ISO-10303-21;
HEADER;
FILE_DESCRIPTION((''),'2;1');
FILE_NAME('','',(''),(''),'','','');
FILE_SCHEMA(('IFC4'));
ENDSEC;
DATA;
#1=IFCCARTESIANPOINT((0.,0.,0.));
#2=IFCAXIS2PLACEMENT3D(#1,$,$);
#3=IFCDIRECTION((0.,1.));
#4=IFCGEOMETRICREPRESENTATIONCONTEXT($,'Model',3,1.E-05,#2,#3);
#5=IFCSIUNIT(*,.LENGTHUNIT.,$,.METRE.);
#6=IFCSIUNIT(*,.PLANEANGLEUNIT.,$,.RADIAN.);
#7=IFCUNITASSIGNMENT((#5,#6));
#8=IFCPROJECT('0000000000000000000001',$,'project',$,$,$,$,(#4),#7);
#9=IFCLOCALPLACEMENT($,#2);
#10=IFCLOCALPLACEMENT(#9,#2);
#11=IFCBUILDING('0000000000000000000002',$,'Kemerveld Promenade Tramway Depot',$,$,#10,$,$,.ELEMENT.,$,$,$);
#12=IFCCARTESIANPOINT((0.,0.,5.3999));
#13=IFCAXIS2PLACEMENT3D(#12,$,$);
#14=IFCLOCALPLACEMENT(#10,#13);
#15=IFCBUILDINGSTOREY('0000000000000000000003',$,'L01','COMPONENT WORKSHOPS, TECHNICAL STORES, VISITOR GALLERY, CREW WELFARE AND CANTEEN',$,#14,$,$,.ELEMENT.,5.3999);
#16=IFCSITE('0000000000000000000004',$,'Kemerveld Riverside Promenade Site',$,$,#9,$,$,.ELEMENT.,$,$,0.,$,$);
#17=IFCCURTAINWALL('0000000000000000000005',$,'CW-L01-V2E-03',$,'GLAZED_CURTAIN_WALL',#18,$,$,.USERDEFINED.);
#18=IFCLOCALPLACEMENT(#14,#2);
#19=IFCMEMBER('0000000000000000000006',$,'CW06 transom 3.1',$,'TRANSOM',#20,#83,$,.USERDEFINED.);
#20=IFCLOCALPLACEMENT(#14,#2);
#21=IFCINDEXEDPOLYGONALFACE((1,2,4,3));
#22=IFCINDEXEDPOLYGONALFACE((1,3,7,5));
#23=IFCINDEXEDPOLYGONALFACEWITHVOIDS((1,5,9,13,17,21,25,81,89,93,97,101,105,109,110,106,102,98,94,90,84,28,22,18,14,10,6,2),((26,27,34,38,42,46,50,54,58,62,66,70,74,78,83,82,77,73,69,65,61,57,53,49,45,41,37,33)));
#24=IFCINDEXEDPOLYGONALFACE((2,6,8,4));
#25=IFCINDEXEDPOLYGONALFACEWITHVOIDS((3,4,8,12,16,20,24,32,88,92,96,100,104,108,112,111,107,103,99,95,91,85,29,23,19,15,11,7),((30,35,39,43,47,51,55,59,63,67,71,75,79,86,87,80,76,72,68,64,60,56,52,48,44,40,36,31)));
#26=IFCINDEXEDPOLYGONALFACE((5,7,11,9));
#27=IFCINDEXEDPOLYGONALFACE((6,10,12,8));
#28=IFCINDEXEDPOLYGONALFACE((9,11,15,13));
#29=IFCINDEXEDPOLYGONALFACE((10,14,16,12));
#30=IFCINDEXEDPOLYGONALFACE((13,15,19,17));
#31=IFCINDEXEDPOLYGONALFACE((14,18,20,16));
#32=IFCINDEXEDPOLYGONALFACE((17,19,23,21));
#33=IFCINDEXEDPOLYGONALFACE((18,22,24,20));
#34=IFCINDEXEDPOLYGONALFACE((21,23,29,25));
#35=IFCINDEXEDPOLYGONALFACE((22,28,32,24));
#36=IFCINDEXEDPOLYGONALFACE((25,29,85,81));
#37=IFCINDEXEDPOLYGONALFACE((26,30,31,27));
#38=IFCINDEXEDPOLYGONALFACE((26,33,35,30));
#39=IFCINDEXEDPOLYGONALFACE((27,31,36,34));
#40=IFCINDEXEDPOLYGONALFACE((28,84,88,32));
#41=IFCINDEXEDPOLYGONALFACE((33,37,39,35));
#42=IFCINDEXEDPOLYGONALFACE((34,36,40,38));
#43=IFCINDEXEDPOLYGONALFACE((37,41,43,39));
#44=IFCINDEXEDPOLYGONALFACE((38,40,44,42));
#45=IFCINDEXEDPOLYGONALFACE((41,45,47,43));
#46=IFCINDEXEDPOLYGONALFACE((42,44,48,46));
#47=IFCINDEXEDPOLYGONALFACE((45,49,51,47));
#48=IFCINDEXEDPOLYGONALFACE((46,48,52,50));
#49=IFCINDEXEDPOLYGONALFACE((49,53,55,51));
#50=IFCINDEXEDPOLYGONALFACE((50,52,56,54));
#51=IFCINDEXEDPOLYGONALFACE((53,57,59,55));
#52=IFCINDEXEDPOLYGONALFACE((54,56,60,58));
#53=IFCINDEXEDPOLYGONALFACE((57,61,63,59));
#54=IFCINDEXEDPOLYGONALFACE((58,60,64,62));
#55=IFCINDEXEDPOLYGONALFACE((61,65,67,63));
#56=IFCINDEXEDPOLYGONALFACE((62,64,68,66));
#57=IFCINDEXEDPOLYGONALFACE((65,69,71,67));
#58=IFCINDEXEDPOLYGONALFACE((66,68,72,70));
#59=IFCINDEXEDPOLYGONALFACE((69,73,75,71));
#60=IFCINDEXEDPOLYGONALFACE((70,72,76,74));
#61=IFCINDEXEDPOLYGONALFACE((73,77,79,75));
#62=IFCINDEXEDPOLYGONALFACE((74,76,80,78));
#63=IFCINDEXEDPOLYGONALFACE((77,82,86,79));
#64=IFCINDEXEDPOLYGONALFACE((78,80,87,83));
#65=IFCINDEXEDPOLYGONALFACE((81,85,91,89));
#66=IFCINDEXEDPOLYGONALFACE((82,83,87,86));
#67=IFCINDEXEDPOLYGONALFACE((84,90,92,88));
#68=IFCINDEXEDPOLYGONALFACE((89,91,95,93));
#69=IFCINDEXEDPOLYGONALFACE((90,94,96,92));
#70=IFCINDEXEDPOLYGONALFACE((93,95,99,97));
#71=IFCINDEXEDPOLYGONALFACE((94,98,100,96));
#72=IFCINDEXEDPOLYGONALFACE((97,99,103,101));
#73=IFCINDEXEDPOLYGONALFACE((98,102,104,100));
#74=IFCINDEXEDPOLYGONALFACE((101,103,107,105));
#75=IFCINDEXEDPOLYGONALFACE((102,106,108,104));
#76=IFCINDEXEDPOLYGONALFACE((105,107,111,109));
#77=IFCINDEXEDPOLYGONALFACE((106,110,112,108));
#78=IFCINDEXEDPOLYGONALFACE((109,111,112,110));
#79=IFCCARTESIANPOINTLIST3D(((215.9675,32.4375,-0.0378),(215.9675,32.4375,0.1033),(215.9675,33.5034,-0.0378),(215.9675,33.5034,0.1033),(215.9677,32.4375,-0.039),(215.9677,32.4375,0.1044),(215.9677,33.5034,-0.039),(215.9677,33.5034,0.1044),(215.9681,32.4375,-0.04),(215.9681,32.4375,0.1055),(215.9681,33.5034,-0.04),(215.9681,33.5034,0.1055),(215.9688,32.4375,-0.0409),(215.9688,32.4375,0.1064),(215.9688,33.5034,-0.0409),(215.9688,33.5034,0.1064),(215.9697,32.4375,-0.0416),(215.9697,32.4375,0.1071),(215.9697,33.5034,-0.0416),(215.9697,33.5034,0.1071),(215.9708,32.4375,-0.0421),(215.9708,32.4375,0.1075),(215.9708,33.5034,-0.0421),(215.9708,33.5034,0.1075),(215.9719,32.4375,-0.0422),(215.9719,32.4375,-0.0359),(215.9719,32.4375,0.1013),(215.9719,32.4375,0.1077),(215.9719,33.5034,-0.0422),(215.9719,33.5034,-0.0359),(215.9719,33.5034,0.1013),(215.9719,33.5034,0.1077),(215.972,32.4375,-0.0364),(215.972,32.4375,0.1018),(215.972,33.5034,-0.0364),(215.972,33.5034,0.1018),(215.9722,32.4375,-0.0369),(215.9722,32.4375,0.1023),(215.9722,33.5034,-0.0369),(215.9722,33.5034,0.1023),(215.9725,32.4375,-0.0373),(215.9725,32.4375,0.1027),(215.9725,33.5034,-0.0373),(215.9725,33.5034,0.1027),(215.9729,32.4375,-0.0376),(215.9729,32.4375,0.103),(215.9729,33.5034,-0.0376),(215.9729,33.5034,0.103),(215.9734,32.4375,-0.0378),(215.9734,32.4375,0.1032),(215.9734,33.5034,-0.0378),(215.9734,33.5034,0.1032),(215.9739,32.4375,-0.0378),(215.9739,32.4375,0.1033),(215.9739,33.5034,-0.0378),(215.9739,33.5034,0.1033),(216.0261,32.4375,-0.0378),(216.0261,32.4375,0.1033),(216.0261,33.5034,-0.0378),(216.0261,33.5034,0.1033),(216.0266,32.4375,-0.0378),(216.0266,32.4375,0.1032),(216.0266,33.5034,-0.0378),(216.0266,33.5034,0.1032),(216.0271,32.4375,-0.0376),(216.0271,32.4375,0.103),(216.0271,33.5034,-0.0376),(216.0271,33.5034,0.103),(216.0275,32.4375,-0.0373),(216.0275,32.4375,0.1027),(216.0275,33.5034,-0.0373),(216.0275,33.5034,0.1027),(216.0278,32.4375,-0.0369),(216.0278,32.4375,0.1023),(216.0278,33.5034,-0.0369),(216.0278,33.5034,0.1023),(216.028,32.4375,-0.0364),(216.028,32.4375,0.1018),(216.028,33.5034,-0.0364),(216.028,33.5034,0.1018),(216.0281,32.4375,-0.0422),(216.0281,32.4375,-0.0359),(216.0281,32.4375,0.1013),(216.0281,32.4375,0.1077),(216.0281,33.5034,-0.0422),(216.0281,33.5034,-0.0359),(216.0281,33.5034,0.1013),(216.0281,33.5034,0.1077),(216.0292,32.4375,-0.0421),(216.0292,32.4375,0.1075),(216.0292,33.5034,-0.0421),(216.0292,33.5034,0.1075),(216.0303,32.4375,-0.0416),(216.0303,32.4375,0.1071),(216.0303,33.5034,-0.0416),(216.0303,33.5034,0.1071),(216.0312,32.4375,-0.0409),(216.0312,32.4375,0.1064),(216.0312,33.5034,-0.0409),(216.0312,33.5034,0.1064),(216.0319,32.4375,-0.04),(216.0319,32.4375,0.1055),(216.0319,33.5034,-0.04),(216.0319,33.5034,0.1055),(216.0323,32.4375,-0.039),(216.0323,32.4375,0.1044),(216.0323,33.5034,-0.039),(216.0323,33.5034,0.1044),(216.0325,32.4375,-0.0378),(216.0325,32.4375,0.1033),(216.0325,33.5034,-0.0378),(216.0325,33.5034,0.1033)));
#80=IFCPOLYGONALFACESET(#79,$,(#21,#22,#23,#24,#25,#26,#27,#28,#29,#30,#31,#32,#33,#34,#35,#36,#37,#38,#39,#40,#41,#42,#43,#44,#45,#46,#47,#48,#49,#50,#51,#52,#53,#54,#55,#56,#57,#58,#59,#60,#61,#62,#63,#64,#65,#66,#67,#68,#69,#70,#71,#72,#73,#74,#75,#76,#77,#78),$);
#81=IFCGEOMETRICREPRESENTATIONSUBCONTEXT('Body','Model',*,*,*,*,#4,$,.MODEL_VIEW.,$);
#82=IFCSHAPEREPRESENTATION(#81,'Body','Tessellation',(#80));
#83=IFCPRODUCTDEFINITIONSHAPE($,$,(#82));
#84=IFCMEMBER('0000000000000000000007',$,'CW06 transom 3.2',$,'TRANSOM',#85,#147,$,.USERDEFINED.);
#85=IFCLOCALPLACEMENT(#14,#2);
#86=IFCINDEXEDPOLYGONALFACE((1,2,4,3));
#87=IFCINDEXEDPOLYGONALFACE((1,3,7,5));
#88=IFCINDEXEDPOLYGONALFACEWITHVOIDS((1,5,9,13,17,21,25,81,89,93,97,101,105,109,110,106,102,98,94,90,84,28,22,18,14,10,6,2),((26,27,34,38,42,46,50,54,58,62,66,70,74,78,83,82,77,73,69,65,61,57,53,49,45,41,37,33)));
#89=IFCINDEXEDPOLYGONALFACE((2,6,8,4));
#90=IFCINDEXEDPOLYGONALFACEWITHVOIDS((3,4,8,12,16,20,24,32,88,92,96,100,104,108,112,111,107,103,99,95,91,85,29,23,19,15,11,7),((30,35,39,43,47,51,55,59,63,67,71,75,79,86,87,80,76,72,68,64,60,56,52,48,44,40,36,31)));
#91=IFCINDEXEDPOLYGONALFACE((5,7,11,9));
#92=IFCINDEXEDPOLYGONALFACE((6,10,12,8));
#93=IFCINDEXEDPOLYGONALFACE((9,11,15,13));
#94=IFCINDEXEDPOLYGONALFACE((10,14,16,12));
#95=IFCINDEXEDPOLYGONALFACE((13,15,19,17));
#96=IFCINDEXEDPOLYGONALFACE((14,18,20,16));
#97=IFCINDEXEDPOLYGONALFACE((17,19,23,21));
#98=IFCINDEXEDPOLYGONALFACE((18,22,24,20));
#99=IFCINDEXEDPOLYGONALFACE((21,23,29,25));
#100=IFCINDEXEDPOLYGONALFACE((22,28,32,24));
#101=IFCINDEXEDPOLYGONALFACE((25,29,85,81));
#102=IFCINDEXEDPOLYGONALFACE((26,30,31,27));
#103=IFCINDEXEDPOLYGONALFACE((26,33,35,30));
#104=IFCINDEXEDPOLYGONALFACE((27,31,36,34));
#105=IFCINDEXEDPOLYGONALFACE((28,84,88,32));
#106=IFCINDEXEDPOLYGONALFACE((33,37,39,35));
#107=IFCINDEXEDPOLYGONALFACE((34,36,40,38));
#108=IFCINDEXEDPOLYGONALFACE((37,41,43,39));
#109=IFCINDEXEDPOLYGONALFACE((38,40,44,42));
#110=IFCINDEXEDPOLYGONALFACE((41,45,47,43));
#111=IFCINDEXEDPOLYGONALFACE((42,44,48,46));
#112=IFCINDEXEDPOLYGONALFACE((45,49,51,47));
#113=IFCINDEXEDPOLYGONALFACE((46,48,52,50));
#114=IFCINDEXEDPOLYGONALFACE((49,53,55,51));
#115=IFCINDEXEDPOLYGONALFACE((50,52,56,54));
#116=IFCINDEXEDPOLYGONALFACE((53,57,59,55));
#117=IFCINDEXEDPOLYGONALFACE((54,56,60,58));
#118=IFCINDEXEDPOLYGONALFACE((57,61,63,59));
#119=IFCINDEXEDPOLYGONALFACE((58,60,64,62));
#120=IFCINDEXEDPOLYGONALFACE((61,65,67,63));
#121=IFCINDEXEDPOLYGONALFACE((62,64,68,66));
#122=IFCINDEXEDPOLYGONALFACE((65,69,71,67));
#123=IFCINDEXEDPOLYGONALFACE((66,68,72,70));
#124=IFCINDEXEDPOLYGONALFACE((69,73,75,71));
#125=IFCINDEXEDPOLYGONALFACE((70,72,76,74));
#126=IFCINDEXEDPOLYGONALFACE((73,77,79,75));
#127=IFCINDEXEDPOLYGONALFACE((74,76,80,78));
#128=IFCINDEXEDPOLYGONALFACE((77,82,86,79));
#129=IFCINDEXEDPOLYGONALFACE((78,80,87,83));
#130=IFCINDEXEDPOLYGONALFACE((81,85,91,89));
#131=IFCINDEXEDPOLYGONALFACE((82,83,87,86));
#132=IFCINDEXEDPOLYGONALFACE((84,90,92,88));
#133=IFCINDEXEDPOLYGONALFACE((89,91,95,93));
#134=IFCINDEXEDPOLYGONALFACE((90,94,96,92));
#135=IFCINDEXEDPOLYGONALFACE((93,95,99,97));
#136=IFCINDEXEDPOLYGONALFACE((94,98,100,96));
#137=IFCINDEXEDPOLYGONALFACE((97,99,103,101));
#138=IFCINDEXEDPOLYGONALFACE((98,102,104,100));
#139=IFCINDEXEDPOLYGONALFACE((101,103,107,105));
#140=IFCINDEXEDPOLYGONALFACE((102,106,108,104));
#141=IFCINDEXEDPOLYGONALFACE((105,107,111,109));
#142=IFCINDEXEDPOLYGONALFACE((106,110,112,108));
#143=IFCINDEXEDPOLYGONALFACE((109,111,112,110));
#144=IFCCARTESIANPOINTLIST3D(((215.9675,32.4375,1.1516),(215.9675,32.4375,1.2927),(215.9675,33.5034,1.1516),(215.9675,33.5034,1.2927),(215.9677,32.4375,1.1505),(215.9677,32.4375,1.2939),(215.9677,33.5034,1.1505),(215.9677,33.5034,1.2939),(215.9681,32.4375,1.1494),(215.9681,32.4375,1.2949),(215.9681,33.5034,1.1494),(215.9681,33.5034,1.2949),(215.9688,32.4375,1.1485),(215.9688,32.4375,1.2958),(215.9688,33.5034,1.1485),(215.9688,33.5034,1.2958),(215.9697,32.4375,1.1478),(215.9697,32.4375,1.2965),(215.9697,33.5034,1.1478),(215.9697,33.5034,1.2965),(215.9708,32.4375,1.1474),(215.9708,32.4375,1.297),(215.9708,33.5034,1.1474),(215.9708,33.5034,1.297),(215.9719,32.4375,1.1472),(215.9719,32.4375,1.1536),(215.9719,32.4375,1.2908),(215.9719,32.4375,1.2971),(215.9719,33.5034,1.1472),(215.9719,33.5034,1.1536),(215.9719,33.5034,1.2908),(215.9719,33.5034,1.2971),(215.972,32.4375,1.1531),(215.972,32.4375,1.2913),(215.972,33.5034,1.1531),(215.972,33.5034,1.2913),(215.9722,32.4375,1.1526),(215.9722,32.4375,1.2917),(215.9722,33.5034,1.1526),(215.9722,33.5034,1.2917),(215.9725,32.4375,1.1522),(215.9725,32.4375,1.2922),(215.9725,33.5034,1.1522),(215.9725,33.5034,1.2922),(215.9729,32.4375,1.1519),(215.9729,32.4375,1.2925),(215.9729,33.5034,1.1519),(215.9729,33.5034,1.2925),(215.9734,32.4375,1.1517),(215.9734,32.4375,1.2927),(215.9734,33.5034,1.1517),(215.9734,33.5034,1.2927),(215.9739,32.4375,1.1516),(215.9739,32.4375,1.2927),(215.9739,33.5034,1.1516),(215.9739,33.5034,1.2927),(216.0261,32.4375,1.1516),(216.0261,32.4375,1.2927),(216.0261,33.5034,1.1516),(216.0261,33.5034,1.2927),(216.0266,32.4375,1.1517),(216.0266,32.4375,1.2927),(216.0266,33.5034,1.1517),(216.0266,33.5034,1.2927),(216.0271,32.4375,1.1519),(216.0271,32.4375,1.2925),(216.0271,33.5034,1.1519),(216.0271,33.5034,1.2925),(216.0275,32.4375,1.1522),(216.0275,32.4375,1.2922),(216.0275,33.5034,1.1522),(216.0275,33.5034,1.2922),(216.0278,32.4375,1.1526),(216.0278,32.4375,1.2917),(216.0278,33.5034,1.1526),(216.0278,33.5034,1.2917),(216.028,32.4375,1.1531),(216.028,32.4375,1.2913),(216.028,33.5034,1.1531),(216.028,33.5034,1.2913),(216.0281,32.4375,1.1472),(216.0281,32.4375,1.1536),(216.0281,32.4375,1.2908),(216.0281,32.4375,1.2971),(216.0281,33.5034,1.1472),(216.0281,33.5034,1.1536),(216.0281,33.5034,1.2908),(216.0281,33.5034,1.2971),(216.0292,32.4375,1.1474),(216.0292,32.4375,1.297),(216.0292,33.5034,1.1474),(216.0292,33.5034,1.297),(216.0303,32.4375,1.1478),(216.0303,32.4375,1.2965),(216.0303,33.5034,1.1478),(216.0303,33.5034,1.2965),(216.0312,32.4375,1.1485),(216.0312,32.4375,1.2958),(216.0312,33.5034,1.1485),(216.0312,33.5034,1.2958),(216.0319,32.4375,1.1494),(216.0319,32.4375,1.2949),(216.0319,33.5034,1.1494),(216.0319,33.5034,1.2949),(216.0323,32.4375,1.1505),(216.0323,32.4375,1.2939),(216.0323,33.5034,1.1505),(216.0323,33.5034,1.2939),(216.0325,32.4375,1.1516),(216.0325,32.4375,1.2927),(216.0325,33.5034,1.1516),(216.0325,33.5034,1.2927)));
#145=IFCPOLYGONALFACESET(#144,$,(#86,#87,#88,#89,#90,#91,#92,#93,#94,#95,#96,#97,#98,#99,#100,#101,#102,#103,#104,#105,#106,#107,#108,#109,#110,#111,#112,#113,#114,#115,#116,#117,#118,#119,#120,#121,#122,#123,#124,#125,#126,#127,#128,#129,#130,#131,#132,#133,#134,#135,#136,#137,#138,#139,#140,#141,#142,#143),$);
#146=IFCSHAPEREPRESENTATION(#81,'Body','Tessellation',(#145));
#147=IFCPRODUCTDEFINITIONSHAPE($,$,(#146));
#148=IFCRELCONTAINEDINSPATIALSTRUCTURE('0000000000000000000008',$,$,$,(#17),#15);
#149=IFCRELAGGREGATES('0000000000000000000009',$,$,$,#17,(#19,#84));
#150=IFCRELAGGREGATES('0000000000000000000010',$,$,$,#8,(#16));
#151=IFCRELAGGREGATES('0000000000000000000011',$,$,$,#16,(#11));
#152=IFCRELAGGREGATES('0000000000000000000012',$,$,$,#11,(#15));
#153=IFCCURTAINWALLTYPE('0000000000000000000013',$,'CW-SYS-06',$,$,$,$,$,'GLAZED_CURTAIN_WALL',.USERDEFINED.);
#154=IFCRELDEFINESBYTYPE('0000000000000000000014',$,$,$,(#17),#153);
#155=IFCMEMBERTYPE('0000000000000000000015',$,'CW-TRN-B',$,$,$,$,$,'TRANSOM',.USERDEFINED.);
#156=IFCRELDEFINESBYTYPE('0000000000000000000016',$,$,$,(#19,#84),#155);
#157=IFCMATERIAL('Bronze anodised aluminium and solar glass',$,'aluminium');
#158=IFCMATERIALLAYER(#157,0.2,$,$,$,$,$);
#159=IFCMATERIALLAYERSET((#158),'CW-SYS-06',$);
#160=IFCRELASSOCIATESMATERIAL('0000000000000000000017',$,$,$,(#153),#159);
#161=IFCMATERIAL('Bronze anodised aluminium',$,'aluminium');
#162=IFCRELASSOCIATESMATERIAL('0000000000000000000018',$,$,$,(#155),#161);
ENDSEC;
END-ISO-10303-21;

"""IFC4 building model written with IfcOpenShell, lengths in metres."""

from ifc_helpers import new_model, si_unit, direction, frame, origin, origin_2d, place, context, subcontext, project, spatial, hollow_rectangle, extrude, material, layer, layer_set, material_profile, profile_set, type_object, element, aggregate, save


model = new_model("IFC4")

# Units and contexts
model_context = context("Model", 3, precision=1e-05, world=origin(), true_north=direction((0.0, 1.0)))
body_context = subcontext(model_context, "Body", "Model", "MODEL_VIEW")
ifc_project = project(units=[si_unit("LENGTHUNIT", "METRE"), si_unit("PLANEANGLEUNIT", "RADIAN")], contexts=[model_context])

# Site, building, storey
site_placement = place(None, origin())
site = spatial("IfcSite", under=ifc_project, at=site_placement, Name="Kemerveld Riverside Promenade Site", CompositionType="ELEMENT", RefElevation=0.0)
building_placement = place(site_placement, origin())
building = spatial("IfcBuilding", under=site, at=building_placement, Name="Kemerveld Promenade Tramway Depot", CompositionType="ELEMENT")
storey_placement = place(building_placement, frame((0.0, 0.0, 5.3999)))
storey = spatial("IfcBuildingStorey", under=building, at=storey_placement, Name="L01", Description="COMPONENT WORKSHOPS, TECHNICAL STORES, VISITOR GALLERY, CREW WELFARE AND CANTEEN", CompositionType="ELEMENT", Elevation=5.3999)

# Curtain wall, members
ifc_material_1 = material(Name="Bronze anodised aluminium and solar glass", Category="aluminium")
ifc_layer_1 = layer(ifc_material_1, 0.2)
ifc_layer_set_1 = layer_set([ifc_layer_1], Name="CW-SYS-06")
curtain_wall_type = type_object("IfcCurtainWallType", Name="CW-SYS-06", ElementType="GLAZED_CURTAIN_WALL", PredefinedType="USERDEFINED", material=ifc_layer_set_1)
curtain_wall_placement = place(storey_placement, origin())
curtain_wall = element("IfcCurtainWall", 1, at=curtain_wall_placement, inside=storey, type_object=curtain_wall_type, Name="CW-L01-V2E-03", ObjectType="GLAZED_CURTAIN_WALL", PredefinedType="USERDEFINED")
ifc_material_2 = material(Name="Bronze anodised aluminium", Category="aluminium")
ifc_material_profile_1 = material_profile(ifc_material_2, hollow_rectangle(XDim=0.0649, YDim=0.1499, WallThickness=0.0044, InnerFilletRadius=0.002, OuterFilletRadius=0.0044, at=origin_2d()), Name="CW-TRN-150x65")
ifc_profile_set_1 = profile_set([ifc_material_profile_1], Name="Bronze anodised aluminium")
member_type_1 = type_object("IfcMemberType", Name="CW-TRN-B", ElementType="TRANSOM", PredefinedType="USERDEFINED", material=ifc_profile_set_1)
member_1_placement = place(storey_placement, frame((216.0, 33.5034, 0.0327), z_axis=(0.0, -1.0, 0.0), x_axis=(1.0, 0.0, 0.0)))
member_1 = element("IfcMember", 2, at=member_1_placement, type_object=member_type_1, Name="CW06 transom 3.1", ObjectType="TRANSOM", PredefinedType="USERDEFINED", context=body_context, shape_type="SweptSolid", body=[
    extrude(hollow_rectangle(XDim=0.0649, YDim=0.1499, WallThickness=0.0044, InnerFilletRadius=0.002, OuterFilletRadius=0.0044, at=origin_2d()), origin(), (0.0, 0.0, 1.0), 1.0659),
])
member_2_placement = place(storey_placement, frame((216.0, 33.5034, 1.2222), z_axis=(0.0, -1.0, 0.0), x_axis=(1.0, 0.0, 0.0)))
member_2 = element("IfcMember", 3, at=member_2_placement, type_object=member_type_1, Name="CW06 transom 3.2", ObjectType="TRANSOM", PredefinedType="USERDEFINED", context=body_context, shape_type="SweptSolid", body=[
    extrude(hollow_rectangle(XDim=0.0649, YDim=0.1499, WallThickness=0.0044, InnerFilletRadius=0.002, OuterFilletRadius=0.0044, at=origin_2d()), origin(), (0.0, 0.0, 1.0), 1.0659),
])
aggregate(curtain_wall, [member_1, member_2])

save(model, "model.ifc")
